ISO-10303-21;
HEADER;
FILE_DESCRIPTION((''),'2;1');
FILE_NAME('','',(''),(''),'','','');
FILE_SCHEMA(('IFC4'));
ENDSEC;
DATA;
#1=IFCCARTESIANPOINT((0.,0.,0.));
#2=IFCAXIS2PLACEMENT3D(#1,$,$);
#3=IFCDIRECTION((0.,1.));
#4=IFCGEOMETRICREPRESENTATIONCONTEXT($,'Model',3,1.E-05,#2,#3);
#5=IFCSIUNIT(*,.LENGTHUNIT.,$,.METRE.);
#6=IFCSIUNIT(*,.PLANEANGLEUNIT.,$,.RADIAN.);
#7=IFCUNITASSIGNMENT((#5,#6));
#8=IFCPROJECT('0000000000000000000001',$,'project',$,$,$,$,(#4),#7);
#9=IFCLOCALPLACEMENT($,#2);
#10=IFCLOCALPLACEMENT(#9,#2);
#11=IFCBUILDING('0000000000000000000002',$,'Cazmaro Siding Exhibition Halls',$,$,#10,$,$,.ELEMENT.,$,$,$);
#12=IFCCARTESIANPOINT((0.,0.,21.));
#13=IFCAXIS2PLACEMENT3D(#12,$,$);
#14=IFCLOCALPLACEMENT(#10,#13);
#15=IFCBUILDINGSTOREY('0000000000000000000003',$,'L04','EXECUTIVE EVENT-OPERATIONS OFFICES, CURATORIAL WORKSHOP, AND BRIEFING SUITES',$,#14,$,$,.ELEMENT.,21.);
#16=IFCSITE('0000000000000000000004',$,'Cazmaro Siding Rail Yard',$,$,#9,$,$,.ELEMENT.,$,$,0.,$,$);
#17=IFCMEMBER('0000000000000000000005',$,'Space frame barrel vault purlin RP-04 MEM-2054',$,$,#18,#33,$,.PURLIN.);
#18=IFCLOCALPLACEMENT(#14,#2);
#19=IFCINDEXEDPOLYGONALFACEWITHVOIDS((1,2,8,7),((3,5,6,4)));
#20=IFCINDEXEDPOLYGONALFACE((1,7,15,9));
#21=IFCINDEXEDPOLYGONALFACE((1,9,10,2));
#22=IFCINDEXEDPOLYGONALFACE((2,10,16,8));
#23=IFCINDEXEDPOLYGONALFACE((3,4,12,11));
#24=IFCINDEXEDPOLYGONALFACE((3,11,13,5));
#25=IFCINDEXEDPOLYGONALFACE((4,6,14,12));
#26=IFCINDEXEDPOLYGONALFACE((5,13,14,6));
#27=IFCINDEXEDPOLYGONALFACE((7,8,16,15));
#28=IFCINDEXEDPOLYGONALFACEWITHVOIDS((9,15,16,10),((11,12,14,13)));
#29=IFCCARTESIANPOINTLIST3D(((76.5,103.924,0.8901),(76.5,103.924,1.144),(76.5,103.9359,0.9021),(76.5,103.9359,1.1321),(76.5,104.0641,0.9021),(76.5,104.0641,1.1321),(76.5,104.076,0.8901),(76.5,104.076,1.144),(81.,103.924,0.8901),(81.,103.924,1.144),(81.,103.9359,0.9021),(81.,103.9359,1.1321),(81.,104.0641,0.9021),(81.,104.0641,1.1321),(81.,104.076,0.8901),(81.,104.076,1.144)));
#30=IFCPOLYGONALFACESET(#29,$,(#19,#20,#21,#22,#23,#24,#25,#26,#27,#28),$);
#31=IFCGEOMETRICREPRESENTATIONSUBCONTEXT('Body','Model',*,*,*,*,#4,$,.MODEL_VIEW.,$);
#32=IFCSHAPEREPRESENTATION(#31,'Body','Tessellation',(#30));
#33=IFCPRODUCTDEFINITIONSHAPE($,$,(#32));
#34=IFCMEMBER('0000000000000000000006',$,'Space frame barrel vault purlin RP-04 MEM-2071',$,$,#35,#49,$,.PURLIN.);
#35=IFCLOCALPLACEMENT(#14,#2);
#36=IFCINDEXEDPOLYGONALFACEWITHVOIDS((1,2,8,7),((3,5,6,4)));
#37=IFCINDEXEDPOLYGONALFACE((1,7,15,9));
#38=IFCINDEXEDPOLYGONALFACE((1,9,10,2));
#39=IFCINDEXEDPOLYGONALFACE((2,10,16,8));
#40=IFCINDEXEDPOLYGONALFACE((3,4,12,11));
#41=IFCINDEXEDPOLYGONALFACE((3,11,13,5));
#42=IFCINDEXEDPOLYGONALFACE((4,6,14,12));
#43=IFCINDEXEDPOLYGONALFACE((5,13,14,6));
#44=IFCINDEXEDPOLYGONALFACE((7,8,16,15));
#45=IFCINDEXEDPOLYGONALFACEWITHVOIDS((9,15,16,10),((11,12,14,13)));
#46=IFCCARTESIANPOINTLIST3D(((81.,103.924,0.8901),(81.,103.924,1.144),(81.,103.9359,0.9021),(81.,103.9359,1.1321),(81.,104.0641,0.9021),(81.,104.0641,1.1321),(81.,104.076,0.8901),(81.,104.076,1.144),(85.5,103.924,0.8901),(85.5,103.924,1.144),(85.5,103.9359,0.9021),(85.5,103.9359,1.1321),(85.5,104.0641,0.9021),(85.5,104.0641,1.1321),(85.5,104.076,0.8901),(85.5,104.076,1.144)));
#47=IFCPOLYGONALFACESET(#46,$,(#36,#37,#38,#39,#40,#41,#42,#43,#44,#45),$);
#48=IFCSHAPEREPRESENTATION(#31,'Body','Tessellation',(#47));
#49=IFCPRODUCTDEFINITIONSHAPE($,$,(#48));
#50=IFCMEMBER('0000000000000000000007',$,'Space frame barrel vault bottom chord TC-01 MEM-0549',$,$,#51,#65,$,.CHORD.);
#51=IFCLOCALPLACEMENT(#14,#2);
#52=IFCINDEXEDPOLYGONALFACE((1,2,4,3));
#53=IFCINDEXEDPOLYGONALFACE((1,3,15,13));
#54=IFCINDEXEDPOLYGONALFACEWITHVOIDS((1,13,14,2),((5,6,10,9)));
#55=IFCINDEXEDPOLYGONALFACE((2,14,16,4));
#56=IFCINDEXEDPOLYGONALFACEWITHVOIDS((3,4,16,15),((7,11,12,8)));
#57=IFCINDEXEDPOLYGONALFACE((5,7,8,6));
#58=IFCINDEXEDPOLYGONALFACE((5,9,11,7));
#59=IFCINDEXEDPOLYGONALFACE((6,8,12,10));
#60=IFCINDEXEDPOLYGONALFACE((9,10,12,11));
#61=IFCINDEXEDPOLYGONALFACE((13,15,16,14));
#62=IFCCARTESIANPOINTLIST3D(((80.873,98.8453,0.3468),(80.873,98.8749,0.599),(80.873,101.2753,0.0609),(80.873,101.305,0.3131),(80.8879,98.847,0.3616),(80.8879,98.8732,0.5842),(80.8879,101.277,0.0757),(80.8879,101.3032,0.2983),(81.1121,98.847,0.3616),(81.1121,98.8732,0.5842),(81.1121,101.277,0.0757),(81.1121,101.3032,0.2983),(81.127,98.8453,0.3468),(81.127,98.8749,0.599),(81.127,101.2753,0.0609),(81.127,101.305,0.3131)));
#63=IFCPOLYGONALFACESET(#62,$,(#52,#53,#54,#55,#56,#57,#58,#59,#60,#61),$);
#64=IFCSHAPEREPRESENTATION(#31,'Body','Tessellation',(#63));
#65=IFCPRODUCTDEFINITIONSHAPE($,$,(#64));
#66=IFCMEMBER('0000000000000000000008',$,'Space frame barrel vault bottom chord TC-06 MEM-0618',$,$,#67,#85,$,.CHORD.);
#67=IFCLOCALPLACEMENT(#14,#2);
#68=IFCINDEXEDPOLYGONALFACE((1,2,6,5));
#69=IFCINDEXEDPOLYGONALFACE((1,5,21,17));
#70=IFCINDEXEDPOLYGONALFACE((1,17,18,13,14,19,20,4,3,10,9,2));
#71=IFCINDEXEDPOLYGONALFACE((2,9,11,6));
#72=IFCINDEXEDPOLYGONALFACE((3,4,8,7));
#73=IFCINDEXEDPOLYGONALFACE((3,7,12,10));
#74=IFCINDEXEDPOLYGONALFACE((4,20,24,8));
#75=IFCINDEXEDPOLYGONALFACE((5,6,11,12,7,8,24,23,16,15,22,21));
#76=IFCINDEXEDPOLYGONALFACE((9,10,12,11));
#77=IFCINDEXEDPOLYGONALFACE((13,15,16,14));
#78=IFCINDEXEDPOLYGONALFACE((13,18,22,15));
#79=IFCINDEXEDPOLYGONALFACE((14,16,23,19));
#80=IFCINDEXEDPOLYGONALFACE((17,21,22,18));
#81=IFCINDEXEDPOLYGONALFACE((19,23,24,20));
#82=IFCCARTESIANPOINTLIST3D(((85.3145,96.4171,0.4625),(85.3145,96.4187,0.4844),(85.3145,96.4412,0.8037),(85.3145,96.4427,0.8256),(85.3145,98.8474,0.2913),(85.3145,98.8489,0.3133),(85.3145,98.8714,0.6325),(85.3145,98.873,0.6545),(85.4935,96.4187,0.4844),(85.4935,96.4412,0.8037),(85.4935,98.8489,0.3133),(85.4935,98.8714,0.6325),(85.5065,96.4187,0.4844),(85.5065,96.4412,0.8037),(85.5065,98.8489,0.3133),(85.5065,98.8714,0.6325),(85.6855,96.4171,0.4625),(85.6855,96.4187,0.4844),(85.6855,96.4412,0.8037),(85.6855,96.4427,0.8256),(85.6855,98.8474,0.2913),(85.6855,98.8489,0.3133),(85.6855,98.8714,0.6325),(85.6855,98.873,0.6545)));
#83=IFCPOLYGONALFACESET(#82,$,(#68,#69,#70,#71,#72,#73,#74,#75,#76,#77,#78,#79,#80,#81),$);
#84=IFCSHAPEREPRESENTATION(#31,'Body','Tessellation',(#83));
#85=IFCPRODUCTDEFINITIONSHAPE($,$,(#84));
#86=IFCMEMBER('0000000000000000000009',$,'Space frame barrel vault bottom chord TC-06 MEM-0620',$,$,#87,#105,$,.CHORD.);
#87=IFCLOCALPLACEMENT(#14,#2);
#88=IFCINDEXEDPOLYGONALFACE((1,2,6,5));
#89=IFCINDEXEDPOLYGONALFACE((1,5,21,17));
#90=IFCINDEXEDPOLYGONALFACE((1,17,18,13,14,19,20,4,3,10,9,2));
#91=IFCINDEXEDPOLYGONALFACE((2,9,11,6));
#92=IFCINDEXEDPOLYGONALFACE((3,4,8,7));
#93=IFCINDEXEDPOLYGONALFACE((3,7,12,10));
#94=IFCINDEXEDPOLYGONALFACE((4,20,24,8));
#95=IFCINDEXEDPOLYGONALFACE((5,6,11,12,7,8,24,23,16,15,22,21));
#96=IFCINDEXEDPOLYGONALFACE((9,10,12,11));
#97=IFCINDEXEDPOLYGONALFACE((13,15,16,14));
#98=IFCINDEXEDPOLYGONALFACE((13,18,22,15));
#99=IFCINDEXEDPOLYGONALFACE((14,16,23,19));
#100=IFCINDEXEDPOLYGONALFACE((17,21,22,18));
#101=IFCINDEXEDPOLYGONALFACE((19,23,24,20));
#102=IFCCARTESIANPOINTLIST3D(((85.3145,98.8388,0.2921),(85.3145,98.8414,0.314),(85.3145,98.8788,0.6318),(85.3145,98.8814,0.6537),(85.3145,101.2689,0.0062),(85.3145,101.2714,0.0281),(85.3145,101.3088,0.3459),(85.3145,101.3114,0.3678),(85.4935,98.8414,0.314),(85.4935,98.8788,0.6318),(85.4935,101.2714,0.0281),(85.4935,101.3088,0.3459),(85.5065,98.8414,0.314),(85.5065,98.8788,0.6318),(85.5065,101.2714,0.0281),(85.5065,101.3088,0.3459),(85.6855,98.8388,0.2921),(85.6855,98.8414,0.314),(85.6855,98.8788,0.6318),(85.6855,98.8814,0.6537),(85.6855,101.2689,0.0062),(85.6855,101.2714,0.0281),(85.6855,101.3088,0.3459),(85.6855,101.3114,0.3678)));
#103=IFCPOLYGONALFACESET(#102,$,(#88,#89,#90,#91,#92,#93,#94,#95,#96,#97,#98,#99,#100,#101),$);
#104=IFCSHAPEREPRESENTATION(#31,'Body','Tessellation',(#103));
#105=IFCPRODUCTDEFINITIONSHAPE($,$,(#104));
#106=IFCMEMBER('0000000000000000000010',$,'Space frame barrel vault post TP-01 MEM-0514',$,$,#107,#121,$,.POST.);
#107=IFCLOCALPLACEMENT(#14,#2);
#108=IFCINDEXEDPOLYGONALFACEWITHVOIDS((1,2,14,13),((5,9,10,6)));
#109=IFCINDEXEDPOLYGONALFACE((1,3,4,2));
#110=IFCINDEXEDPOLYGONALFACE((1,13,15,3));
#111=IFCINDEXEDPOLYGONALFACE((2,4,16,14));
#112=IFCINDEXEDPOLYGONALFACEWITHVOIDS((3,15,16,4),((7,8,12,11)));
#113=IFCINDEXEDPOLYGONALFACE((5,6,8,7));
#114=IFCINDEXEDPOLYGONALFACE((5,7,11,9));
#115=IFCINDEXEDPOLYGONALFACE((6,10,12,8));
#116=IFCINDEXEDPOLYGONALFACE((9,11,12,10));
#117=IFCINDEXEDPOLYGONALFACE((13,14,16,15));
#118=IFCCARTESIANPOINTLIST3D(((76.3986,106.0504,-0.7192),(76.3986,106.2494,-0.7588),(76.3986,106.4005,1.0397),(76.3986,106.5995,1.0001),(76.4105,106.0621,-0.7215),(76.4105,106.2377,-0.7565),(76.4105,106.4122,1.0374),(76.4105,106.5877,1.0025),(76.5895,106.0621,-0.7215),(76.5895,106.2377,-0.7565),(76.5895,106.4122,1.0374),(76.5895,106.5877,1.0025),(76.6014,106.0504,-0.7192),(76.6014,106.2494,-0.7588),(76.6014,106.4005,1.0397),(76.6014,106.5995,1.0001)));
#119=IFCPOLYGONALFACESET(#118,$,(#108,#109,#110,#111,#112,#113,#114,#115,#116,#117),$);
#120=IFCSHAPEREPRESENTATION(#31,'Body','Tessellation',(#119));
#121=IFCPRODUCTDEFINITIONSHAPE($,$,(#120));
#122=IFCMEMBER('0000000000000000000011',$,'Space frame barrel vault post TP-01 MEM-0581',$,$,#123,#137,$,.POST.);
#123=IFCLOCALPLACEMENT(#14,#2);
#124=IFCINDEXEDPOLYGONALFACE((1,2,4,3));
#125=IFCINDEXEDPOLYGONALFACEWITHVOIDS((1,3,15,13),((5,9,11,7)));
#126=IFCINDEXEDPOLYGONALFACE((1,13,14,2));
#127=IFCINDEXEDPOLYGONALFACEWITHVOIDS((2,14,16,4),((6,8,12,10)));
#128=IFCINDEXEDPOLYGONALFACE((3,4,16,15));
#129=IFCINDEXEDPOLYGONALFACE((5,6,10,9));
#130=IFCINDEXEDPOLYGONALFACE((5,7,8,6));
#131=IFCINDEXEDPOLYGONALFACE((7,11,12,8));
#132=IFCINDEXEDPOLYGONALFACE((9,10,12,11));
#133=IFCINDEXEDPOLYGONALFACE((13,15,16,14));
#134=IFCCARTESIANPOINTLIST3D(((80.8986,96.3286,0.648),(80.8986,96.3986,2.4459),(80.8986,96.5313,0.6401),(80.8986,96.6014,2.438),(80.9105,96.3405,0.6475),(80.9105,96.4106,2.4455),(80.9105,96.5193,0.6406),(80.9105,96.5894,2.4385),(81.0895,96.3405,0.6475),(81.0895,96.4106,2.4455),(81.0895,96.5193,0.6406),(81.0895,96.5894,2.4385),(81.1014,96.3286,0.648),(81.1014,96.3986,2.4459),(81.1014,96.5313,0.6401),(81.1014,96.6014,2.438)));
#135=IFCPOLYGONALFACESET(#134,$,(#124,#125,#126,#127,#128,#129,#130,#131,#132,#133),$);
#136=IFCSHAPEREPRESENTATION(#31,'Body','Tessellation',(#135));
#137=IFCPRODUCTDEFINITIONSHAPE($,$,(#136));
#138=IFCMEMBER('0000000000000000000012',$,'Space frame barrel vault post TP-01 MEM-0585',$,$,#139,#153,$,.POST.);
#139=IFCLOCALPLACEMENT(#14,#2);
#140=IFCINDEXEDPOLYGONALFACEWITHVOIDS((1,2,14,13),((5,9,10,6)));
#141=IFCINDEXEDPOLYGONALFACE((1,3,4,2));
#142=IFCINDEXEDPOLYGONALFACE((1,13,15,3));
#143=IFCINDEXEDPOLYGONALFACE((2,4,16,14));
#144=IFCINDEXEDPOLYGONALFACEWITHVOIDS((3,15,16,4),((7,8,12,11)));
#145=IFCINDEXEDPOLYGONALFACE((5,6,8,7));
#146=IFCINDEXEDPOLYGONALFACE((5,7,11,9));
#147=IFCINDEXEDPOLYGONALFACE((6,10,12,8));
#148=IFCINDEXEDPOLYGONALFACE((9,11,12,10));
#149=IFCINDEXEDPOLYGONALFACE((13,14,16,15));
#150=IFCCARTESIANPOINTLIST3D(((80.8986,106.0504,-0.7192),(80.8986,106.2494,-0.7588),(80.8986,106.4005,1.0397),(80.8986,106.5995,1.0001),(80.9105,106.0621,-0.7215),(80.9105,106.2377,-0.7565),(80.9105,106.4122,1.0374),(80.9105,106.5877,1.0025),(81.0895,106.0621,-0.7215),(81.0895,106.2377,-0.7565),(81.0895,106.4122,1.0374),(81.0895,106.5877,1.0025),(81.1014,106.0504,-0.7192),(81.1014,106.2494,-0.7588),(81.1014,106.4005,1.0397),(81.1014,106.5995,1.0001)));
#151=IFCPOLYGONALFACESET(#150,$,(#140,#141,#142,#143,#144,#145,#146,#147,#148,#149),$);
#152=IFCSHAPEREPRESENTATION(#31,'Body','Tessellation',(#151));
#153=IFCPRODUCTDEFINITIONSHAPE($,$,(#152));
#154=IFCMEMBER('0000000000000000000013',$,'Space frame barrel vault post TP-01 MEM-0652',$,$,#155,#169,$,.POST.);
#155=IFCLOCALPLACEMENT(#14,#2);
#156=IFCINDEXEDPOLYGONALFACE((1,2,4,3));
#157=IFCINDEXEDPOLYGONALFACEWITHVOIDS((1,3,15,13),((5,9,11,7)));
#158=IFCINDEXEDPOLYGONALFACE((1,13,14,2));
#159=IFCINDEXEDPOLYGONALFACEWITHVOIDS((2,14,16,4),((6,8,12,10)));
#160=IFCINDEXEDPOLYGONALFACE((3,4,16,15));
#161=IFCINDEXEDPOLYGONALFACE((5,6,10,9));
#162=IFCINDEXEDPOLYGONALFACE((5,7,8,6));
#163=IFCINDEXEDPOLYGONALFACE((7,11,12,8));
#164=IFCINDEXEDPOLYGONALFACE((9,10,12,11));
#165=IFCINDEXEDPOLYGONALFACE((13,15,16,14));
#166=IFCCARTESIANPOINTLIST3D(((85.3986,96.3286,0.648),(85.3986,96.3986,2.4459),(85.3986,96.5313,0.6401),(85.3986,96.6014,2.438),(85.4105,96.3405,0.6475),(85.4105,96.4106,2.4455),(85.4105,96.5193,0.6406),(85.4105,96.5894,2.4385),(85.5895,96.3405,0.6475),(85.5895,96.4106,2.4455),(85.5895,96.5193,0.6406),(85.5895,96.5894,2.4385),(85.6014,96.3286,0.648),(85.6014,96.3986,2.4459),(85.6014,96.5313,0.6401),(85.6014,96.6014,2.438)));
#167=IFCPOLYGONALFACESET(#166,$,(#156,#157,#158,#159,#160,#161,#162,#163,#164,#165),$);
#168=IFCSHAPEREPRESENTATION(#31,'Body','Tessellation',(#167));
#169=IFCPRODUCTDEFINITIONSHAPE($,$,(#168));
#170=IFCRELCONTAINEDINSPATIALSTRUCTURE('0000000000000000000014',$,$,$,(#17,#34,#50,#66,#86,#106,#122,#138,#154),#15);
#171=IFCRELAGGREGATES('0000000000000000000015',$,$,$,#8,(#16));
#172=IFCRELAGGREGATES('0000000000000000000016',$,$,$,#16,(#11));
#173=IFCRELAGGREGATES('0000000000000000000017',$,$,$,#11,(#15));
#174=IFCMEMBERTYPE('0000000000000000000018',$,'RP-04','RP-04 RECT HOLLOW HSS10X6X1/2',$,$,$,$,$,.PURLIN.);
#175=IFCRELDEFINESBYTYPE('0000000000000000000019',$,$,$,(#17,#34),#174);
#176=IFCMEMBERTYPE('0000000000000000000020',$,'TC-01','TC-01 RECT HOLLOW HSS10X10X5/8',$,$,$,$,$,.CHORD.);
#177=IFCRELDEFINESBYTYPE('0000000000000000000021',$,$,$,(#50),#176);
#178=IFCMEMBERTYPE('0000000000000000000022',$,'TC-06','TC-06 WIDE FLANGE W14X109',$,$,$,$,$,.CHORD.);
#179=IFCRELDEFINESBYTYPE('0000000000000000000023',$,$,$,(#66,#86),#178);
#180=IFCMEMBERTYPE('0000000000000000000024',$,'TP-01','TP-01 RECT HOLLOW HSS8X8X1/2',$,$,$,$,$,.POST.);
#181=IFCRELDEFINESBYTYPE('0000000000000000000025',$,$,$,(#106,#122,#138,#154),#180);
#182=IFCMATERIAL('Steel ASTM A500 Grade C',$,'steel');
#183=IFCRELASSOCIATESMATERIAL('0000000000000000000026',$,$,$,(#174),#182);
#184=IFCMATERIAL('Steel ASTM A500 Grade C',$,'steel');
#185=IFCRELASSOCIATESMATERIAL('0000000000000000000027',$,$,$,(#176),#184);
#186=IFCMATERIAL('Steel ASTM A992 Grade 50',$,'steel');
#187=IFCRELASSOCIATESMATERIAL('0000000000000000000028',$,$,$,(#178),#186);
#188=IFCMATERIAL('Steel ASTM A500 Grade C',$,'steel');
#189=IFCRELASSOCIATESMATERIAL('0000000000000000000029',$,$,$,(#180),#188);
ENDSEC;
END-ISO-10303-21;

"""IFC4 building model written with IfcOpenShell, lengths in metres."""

from ifc_helpers import new_model, si_unit, direction, frame, origin, origin_2d, place, context, subcontext, project, spatial, hollow_rectangle, i_section, extrude, material, material_profile, profile_set, type_object, element, save


model = new_model("IFC4")

# Units and contexts
model_context = context("Model", 3, precision=1e-05, world=origin(), true_north=direction((0.0, 1.0)))
body_context = subcontext(model_context, "Body", "Model", "MODEL_VIEW")
ifc_project = project(units=[si_unit("LENGTHUNIT", "METRE"), si_unit("PLANEANGLEUNIT", "RADIAN")], contexts=[model_context])

# Site, building, storey
site_placement = place(None, origin())
site = spatial("IfcSite", under=ifc_project, at=site_placement, Name="Cazmaro Siding Rail Yard", CompositionType="ELEMENT", RefElevation=0.0)
building_placement = place(site_placement, origin())
building = spatial("IfcBuilding", under=site, at=building_placement, Name="Cazmaro Siding Exhibition Halls", CompositionType="ELEMENT")
storey_placement = place(building_placement, frame((0.0, 0.0, 21.0)))
storey = spatial("IfcBuildingStorey", under=building, at=storey_placement, Name="L04", Description="EXECUTIVE EVENT-OPERATIONS OFFICES, CURATORIAL WORKSHOP, AND BRIEFING SUITES", CompositionType="ELEMENT", Elevation=21.0)

# Members
ifc_material_1 = material(Name="Steel ASTM A500 Grade C", Category="steel")
ifc_material_profile_1 = material_profile(ifc_material_1, hollow_rectangle(XDim=0.1521, YDim=0.2539, WallThickness=0.012, at=origin_2d()), Name="HSS10X6X1/2")
ifc_profile_set_1 = profile_set([ifc_material_profile_1], Name="Steel ASTM A500 Grade C")
member_type_1 = type_object("IfcMemberType", Name="RP-04", Description="RP-04 RECT HOLLOW HSS10X6X1/2", PredefinedType="PURLIN", material=ifc_profile_set_1)
for number, where, z_axis, x_axis, name in (
    (1, (76.5, 104.0, 1.0171), (1.0, 0.0, 0.0), (0.0, 1.0, 0.0), "Space frame barrel vault purlin RP-04 MEM-2054"),
    (2, (81.0, 104.0, 1.0171), (1.0, 0.0, 0.0), (0.0, 1.0, 0.0), "Space frame barrel vault purlin RP-04 MEM-2071"),
):
    element("IfcMember", number, at=place(storey_placement, frame(where, z_axis=z_axis, x_axis=x_axis)), inside=storey, type_object=member_type_1, Name=name, PredefinedType="PURLIN", context=body_context, shape_type="SweptSolid", body=[
        extrude(hollow_rectangle(XDim=0.1521, YDim=0.2539, WallThickness=0.012, at=origin_2d()), origin(), (0.0, 0.0, 1.0), 4.5),
    ])
ifc_material_2 = material(Name="Steel ASTM A500 Grade C", Category="steel")
ifc_material_profile_2 = material_profile(ifc_material_2, hollow_rectangle(XDim=0.2539, YDim=0.2539, WallThickness=0.0149, at=origin_2d()), Name="HSS10X10X5/8")
ifc_profile_set_2 = profile_set([ifc_material_profile_2], Name="Steel ASTM A500 Grade C")
member_type_2 = type_object("IfcMemberType", Name="TC-01", Description="TC-01 RECT HOLLOW HSS10X10X5/8", PredefinedType="CHORD", material=ifc_profile_set_2)
member_1_placement = place(storey_placement, frame((81.0, 98.8601, 0.4729), z_axis=(0.0, 0.99315, -0.116847), x_axis=(-1.0, 0.0, 0.0)))
element("IfcMember", 3, at=member_1_placement, inside=storey, type_object=member_type_2, Name="Space frame barrel vault bottom chord TC-01 MEM-0549", PredefinedType="CHORD", context=body_context, shape_type="SweptSolid", body=[
    extrude(hollow_rectangle(XDim=0.2539, YDim=0.2539, WallThickness=0.0149, at=origin_2d()), origin(), (0.0, 0.0, 1.0), 2.4468),
])
ifc_material_3 = material(Name="Steel ASTM A992 Grade 50", Category="steel")
ifc_material_profile_3 = material_profile(ifc_material_3, i_section(OverallWidth=0.3711, OverallDepth=0.364, WebThickness=0.0129, FlangeThickness=0.022, at=origin_2d()), Name="W14X109")
ifc_profile_set_3 = profile_set([ifc_material_profile_3], Name="Steel ASTM A992 Grade 50")
member_type_3 = type_object("IfcMemberType", Name="TC-06", Description="TC-06 WIDE FLANGE W14X109", PredefinedType="CHORD", material=ifc_profile_set_3)
member_2_placement = place(storey_placement, frame((85.5, 96.4299, 0.644), z_axis=(0.0, 0.997529, -0.07025), x_axis=(-1.0, 0.0, 0.0)))
element("IfcMember", 4, at=member_2_placement, inside=storey, type_object=member_type_3, Name="Space frame barrel vault bottom chord TC-06 MEM-0618", PredefinedType="CHORD", context=body_context, shape_type="SweptSolid", body=[
    extrude(i_section(OverallWidth=0.3711, OverallDepth=0.364, WebThickness=0.0129, FlangeThickness=0.022, at=origin_2d()), origin(), (0.0, 0.0, 1.0), 2.4363),
])
member_3_placement = place(storey_placement, frame((85.5, 98.8601, 0.4729), z_axis=(0.0, 0.99315, -0.116847), x_axis=(-1.0, 0.0, 0.0)))
element("IfcMember", 5, at=member_3_placement, inside=storey, type_object=member_type_3, Name="Space frame barrel vault bottom chord TC-06 MEM-0620", PredefinedType="CHORD", context=body_context, shape_type="SweptSolid", body=[
    extrude(i_section(OverallWidth=0.3711, OverallDepth=0.364, WebThickness=0.0129, FlangeThickness=0.022, at=origin_2d()), origin(), (0.0, 0.0, 1.0), 2.4468),
])
ifc_material_4 = material(Name="Steel ASTM A500 Grade C", Category="steel")
ifc_material_profile_4 = material_profile(ifc_material_4, hollow_rectangle(XDim=0.2029, YDim=0.2029, WallThickness=0.012, at=origin_2d()), Name="HSS8X8X1/2")
ifc_profile_set_4 = profile_set([ifc_material_profile_4], Name="Steel ASTM A500 Grade C")
member_type_4 = type_object("IfcMemberType", Name="TP-01", Description="TP-01 RECT HOLLOW HSS8X8X1/2", PredefinedType="POST", material=ifc_profile_set_4)
member_4_placement = place(storey_placement, frame((76.5, 106.1499, -0.739), z_axis=(0.0, 0.1952, 0.980763), x_axis=(-1.0, 0.0, 0.0)))
element("IfcMember", 6, at=member_4_placement, inside=storey, type_object=member_type_4, Name="Space frame barrel vault post TP-01 MEM-0514", PredefinedType="POST", context=body_context, shape_type="SweptSolid", body=[
    extrude(hollow_rectangle(XDim=0.2029, YDim=0.2029, WallThickness=0.012, at=origin_2d()), origin(), (0.0, 0.0, 1.0), 1.7935),
])
member_5_placement = place(storey_placement, frame((81.0, 96.4299, 0.644), z_axis=(0.0, 0.038944, 0.999241), x_axis=(-1.0, 0.0, 0.0)))
element("IfcMember", 7, at=member_5_placement, inside=storey, type_object=member_type_4, Name="Space frame barrel vault post TP-01 MEM-0581", PredefinedType="POST", context=body_context, shape_type="SweptSolid", body=[
    extrude(hollow_rectangle(XDim=0.2029, YDim=0.2029, WallThickness=0.012, at=origin_2d()), origin(), (0.0, 0.0, 1.0), 1.7993),
])
member_6_placement = place(storey_placement, frame((81.0, 106.1499, -0.739), z_axis=(0.0, 0.1952, 0.980763), x_axis=(-1.0, 0.0, 0.0)))
element("IfcMember", 8, at=member_6_placement, inside=storey, type_object=member_type_4, Name="Space frame barrel vault post TP-01 MEM-0585", PredefinedType="POST", context=body_context, shape_type="SweptSolid", body=[
    extrude(hollow_rectangle(XDim=0.2029, YDim=0.2029, WallThickness=0.012, at=origin_2d()), origin(), (0.0, 0.0, 1.0), 1.7935),
])
member_7_placement = place(storey_placement, frame((85.5, 96.4299, 0.644), z_axis=(0.0, 0.038944, 0.999241), x_axis=(-1.0, 0.0, 0.0)))
element("IfcMember", 9, at=member_7_placement, inside=storey, type_object=member_type_4, Name="Space frame barrel vault post TP-01 MEM-0652", PredefinedType="POST", context=body_context, shape_type="SweptSolid", body=[
    extrude(hollow_rectangle(XDim=0.2029, YDim=0.2029, WallThickness=0.012, at=origin_2d()), origin(), (0.0, 0.0, 1.0), 1.7993),
])

save(model, "model.ifc")
